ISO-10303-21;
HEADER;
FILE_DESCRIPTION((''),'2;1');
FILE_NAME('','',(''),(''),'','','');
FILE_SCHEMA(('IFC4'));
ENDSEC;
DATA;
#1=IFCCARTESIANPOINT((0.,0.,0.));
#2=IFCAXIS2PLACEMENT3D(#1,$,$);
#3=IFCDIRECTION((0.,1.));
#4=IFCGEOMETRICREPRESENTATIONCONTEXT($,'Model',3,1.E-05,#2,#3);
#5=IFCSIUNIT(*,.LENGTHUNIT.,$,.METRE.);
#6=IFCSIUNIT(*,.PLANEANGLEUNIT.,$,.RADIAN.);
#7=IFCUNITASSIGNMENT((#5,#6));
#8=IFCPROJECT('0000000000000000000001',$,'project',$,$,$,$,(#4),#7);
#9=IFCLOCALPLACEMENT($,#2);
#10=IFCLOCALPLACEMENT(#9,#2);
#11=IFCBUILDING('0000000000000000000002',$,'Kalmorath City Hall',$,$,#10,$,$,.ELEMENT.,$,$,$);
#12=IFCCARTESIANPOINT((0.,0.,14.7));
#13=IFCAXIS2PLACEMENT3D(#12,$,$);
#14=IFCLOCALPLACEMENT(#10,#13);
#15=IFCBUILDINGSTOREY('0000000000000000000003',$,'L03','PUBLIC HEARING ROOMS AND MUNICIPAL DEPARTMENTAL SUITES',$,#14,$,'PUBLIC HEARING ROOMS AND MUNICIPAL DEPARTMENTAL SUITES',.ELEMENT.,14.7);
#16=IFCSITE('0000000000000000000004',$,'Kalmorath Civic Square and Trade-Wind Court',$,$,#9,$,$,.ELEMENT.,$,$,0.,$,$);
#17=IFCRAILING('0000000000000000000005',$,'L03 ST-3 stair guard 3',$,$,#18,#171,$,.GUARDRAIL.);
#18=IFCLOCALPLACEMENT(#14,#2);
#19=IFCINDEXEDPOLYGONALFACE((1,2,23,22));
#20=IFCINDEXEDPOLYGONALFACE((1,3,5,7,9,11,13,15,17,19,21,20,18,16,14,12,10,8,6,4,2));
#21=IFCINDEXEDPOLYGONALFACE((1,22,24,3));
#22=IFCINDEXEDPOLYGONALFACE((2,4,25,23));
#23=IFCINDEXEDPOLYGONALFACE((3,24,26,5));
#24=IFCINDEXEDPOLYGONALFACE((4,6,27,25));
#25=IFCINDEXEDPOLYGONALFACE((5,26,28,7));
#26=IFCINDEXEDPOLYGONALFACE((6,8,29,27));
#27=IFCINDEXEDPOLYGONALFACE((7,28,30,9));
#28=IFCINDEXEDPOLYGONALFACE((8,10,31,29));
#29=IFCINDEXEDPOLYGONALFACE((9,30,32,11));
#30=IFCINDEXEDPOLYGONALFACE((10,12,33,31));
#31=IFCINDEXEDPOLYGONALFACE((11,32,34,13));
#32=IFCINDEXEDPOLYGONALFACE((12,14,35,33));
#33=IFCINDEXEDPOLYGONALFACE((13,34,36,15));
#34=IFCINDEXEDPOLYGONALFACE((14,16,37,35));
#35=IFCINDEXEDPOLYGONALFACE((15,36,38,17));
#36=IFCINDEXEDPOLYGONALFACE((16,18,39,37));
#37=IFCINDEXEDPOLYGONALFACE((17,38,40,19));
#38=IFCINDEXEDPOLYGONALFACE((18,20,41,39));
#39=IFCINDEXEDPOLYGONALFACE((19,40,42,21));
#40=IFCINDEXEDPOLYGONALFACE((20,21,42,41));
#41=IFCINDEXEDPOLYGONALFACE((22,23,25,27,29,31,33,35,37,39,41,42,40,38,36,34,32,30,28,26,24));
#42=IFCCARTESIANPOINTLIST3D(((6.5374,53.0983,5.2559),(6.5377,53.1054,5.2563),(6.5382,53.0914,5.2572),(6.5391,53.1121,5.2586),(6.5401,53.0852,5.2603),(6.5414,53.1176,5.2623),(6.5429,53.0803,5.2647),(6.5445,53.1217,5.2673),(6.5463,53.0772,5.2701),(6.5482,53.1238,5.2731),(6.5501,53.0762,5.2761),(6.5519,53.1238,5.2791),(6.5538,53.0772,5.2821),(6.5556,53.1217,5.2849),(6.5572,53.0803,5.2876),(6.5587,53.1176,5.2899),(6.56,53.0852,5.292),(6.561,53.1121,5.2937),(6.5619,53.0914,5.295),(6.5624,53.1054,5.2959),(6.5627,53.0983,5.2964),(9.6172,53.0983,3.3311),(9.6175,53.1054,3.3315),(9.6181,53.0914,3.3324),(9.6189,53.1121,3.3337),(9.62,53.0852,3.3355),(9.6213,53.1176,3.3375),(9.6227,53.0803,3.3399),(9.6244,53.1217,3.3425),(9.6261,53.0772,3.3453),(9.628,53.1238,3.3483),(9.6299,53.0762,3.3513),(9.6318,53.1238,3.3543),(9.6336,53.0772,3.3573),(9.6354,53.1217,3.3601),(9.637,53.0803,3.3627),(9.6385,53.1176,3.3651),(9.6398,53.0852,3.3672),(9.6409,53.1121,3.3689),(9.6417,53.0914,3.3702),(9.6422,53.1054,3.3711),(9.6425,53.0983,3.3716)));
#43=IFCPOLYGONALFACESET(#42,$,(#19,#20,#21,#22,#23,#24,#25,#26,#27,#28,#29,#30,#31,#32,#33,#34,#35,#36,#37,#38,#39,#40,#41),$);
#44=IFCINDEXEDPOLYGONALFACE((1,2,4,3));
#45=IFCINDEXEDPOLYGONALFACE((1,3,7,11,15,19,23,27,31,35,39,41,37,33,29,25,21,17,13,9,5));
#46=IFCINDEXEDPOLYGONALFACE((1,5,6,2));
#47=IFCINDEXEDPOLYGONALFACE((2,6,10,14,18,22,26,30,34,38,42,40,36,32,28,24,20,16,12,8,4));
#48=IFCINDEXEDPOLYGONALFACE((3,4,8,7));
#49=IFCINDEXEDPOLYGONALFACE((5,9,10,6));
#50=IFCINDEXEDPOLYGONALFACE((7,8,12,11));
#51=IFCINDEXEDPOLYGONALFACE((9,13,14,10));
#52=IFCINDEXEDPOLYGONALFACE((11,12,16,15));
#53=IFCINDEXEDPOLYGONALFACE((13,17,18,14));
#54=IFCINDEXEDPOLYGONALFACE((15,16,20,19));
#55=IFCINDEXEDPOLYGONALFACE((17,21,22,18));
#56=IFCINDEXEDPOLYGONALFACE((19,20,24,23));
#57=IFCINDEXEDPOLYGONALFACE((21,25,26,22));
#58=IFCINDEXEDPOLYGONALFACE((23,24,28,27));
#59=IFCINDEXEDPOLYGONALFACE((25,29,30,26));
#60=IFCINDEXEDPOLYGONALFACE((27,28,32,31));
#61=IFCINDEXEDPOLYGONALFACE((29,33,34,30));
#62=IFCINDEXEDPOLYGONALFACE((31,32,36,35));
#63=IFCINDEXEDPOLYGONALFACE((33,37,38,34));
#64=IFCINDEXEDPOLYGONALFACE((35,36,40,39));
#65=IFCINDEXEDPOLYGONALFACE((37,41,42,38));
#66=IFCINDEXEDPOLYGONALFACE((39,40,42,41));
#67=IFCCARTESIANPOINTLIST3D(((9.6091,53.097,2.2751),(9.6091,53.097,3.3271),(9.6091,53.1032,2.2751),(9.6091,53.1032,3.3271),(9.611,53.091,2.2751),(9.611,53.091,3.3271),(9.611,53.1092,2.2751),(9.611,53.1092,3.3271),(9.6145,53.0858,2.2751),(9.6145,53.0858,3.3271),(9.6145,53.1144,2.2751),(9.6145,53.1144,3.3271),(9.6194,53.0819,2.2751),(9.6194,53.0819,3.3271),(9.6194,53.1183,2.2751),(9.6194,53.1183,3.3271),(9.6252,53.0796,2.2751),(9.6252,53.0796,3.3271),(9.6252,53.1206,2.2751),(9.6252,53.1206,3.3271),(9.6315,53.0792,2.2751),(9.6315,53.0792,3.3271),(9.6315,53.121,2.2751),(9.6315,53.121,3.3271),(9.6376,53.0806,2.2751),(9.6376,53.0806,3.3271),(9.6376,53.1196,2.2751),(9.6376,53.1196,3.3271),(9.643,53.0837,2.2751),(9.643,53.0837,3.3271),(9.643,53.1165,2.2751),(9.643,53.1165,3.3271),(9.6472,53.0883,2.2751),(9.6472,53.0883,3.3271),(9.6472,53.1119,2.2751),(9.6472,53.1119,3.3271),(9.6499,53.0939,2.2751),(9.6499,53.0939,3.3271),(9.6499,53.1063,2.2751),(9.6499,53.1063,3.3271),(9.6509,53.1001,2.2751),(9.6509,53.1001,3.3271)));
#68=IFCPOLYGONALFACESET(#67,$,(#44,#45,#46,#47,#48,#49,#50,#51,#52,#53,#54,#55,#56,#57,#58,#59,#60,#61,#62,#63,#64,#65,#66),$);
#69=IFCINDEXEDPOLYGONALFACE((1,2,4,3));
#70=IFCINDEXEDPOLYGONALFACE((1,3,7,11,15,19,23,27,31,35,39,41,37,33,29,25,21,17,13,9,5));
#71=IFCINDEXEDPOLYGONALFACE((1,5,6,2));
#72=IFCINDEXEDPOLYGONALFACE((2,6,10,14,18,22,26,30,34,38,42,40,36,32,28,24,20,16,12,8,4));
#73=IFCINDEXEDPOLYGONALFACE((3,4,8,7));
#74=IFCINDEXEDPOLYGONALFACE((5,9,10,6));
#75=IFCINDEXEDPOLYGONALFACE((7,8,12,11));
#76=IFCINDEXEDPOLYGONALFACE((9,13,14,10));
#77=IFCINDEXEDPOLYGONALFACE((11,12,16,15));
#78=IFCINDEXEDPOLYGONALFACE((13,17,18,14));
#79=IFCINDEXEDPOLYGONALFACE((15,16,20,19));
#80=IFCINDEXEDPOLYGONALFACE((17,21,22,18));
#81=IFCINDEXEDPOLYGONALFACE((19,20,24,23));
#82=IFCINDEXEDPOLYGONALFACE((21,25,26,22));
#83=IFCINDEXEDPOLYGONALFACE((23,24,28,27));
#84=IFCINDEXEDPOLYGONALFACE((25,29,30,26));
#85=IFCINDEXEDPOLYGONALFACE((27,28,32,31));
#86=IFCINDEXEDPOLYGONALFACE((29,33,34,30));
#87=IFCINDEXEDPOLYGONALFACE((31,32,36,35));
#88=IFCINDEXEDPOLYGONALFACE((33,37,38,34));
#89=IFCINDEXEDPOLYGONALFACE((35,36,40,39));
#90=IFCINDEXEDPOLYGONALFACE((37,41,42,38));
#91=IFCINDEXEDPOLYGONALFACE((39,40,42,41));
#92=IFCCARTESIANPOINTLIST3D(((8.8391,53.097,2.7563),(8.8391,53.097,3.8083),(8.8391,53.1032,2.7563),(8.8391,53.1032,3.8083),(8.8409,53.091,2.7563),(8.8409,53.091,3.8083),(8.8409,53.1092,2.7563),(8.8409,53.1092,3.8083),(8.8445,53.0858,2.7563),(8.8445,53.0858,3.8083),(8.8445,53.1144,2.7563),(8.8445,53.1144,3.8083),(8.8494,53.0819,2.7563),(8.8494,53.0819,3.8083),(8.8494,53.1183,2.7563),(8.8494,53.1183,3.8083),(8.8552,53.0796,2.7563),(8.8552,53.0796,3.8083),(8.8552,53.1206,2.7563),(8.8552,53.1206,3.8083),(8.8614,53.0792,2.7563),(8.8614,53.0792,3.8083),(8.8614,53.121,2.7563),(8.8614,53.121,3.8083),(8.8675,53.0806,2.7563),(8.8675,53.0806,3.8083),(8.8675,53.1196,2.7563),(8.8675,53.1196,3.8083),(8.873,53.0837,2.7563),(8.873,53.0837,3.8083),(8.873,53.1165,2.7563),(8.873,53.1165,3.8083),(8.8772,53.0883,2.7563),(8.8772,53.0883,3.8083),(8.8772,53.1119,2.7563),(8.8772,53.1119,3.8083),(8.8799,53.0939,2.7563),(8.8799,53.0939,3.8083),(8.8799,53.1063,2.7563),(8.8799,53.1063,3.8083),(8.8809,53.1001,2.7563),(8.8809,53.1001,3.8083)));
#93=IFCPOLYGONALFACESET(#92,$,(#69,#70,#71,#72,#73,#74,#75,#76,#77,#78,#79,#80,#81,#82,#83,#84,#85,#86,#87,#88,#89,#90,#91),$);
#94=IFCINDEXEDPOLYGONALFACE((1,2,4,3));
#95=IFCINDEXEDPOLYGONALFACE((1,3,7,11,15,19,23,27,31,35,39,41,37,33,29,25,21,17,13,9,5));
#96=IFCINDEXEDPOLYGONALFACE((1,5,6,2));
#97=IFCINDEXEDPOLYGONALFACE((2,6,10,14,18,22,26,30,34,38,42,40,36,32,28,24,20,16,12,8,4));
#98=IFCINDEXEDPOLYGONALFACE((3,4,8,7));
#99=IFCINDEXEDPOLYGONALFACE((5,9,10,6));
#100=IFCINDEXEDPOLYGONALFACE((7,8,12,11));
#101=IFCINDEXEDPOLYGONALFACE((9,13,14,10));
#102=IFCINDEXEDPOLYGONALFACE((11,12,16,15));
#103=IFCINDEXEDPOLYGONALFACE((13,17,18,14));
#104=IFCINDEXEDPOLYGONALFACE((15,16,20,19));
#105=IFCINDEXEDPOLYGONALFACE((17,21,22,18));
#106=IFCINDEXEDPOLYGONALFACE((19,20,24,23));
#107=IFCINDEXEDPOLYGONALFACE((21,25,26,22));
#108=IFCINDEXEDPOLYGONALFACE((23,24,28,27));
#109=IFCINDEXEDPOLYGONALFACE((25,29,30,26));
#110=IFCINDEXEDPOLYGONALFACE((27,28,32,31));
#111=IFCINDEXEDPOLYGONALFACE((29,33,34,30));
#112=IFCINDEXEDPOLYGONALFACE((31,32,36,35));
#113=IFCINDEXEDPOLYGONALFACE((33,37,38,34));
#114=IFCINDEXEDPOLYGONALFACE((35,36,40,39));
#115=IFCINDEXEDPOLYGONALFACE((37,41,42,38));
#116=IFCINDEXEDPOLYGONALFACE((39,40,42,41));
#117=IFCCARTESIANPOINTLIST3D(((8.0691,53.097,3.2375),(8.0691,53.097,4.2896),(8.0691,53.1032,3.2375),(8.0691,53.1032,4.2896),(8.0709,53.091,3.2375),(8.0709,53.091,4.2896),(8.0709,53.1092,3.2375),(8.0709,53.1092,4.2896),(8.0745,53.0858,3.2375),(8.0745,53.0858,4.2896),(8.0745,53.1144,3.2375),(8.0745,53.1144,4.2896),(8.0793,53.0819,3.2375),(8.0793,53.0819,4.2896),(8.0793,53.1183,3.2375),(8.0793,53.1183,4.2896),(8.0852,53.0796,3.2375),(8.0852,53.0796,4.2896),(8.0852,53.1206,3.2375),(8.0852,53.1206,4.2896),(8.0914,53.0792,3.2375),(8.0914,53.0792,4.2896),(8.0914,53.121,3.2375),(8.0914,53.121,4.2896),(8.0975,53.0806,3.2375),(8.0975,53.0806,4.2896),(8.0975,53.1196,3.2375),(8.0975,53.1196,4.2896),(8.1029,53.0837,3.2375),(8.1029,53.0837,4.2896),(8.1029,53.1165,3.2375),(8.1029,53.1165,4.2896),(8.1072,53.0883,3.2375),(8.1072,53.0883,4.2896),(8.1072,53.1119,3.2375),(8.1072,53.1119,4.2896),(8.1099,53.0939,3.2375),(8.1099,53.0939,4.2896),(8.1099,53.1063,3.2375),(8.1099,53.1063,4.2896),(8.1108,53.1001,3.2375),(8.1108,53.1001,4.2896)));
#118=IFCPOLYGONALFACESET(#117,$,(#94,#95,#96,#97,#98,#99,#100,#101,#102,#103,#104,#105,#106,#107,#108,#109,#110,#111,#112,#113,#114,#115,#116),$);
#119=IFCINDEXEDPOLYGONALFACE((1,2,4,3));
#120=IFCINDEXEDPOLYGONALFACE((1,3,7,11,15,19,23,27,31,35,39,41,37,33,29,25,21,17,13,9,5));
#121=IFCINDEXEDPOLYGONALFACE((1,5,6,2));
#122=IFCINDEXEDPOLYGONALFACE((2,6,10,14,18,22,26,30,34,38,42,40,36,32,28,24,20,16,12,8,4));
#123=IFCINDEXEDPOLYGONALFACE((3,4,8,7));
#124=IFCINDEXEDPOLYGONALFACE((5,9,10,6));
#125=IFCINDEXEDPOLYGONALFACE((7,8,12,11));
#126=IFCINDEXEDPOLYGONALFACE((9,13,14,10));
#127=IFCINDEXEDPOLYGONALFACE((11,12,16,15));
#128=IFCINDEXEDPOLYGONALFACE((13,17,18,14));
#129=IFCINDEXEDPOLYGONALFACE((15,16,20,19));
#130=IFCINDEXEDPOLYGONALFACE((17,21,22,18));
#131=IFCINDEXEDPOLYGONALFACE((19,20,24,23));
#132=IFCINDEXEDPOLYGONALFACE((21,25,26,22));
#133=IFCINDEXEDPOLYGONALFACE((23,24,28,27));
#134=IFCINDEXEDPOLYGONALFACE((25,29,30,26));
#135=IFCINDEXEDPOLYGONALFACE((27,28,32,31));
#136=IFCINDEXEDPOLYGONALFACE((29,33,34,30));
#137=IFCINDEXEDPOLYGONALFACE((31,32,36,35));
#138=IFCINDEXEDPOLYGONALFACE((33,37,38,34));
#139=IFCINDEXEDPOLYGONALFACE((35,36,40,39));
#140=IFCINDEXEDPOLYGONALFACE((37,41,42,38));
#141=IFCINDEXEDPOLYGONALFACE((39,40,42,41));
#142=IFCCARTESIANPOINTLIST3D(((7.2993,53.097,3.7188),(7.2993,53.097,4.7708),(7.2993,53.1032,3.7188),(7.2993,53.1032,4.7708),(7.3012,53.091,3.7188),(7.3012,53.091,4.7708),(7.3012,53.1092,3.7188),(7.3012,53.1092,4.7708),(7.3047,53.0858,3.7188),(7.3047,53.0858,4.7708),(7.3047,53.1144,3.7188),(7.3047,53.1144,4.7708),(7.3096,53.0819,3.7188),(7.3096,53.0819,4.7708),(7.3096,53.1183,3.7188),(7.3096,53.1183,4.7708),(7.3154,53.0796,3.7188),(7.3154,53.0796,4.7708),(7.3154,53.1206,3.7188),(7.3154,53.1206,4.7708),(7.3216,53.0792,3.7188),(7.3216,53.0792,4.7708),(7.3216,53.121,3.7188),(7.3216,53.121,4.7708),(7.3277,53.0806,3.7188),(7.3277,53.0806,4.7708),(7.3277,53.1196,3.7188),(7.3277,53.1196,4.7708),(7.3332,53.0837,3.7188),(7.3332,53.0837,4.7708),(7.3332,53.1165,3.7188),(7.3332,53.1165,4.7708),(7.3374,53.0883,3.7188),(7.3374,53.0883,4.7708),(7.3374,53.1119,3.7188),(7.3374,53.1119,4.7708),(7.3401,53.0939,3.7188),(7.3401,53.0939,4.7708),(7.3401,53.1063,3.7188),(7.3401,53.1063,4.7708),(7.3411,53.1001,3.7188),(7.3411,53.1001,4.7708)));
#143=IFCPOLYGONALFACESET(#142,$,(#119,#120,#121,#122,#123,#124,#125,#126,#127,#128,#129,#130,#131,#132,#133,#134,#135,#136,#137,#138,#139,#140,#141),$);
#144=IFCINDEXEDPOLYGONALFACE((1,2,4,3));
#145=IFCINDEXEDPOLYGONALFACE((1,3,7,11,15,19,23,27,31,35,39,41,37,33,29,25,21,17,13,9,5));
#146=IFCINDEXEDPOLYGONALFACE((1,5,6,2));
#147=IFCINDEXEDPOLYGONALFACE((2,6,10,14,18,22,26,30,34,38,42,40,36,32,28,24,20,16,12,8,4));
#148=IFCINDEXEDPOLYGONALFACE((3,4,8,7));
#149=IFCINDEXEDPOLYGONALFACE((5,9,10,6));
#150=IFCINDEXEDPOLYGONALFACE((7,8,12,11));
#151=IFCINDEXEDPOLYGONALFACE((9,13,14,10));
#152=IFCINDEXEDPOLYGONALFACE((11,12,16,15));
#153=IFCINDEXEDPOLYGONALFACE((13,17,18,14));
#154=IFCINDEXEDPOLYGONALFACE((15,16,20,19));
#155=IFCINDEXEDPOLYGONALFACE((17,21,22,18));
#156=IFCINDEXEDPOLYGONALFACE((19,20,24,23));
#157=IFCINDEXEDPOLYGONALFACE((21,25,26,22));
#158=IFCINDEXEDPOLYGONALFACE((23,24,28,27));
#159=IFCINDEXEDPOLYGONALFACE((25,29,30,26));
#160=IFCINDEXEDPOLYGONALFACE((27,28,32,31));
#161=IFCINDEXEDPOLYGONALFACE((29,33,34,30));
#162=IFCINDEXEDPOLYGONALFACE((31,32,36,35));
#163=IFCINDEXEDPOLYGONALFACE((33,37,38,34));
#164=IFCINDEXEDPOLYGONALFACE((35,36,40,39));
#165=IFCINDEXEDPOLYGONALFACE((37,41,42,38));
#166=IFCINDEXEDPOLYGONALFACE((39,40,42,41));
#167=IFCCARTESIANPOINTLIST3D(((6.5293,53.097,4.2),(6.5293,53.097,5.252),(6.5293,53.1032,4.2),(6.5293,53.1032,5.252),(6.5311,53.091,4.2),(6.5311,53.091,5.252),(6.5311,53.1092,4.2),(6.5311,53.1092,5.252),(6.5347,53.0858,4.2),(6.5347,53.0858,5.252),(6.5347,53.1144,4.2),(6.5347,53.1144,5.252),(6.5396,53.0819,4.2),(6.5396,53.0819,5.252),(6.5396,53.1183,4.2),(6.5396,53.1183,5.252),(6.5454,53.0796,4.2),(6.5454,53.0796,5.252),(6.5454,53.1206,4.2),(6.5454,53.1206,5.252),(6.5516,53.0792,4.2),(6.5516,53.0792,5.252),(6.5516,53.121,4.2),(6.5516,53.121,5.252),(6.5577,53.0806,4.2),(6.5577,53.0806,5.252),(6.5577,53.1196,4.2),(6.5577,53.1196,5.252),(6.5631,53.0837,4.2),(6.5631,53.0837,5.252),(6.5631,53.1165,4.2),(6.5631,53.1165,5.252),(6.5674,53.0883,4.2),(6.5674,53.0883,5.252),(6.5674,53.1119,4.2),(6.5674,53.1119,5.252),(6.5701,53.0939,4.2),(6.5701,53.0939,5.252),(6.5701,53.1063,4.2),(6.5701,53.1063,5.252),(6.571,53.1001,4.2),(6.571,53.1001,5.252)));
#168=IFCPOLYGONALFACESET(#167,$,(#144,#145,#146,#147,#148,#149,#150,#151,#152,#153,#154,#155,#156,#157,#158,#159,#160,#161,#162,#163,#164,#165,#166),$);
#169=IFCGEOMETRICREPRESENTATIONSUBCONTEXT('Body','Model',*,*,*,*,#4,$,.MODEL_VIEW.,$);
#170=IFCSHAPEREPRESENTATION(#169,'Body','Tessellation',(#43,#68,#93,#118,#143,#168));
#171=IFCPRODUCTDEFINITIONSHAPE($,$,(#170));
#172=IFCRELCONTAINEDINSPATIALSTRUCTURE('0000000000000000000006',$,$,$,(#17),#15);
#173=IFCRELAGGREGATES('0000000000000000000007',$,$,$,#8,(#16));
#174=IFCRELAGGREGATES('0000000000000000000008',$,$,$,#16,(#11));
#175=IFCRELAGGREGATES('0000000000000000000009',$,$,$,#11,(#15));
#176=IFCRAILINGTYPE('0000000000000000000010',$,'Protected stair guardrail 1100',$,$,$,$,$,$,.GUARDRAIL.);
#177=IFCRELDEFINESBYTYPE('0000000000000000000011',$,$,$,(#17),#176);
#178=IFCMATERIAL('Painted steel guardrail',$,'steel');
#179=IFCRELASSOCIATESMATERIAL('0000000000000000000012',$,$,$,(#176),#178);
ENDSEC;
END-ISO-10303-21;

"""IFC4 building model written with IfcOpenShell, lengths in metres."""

from ifc_helpers import new_model, si_unit, direction, frame, origin, origin_2d, place, context, subcontext, project, spatial, circle, extrude, material, type_object, element, save


model = new_model("IFC4")

# Units and contexts
model_context = context("Model", 3, precision=1e-05, world=origin(), true_north=direction((0.0, 1.0)))
body_context = subcontext(model_context, "Body", "Model", "MODEL_VIEW")
ifc_project = project(units=[si_unit("LENGTHUNIT", "METRE"), si_unit("PLANEANGLEUNIT", "RADIAN")], contexts=[model_context])

# Site, building, storey
site_placement = place(None, origin())
site = spatial("IfcSite", under=ifc_project, at=site_placement, Name="Kalmorath Civic Square and Trade-Wind Court", CompositionType="ELEMENT", RefElevation=0.0)
building_placement = place(site_placement, origin())
building = spatial("IfcBuilding", under=site, at=building_placement, Name="Kalmorath City Hall", CompositionType="ELEMENT")
storey_placement = place(building_placement, frame((0.0, 0.0, 14.7)))
storey = spatial("IfcBuildingStorey", under=building, at=storey_placement, Name="L03", Description="PUBLIC HEARING ROOMS AND MUNICIPAL DEPARTMENTAL SUITES", LongName="PUBLIC HEARING ROOMS AND MUNICIPAL DEPARTMENTAL SUITES", CompositionType="ELEMENT", Elevation=14.7)

# Railing
ifc_material_1 = material(Name="Painted steel guardrail", Category="steel")
railing_type_1 = type_object("IfcRailingType", Name="Protected stair guardrail 1100", PredefinedType="GUARDRAIL", material=ifc_material_1)
railing_1_placement = place(storey_placement, frame((9.6299, 53.1001, 2.2751)))
element("IfcRailing", 1, at=railing_1_placement, inside=storey, type_object=railing_type_1, Name="L03 ST-3 stair guard 3", PredefinedType="GUARDRAIL", context=body_context, shape_type="SweptSolid", body=[
    extrude(circle(Radius=0.0239, at=origin_2d()), frame((0.0, 0.0, 1.0762), z_axis=(-0.84801, 0.0, 0.529981), x_axis=(0.0, -1.0, 0.0)), (0.0, 0.0, 1.0), 3.6318),
    extrude(circle(Radius=0.021, at=origin_2d()), origin(), (0.0, 0.0, 1.0), 1.052),
    extrude(circle(Radius=0.021, at=origin_2d()), frame((-0.77, 0.0, 0.4812)), (0.0, 0.0, 1.0), 1.052),
    extrude(circle(Radius=0.021, at=origin_2d()), frame((-1.54, 0.0, 0.9624)), (0.0, 0.0, 1.0), 1.052),
    extrude(circle(Radius=0.021, at=origin_2d()), frame((-2.3098, 0.0, 1.4436)), (0.0, 0.0, 1.0), 1.052),
    extrude(circle(Radius=0.021, at=origin_2d()), frame((-3.0798, 0.0, 1.9248)), (0.0, 0.0, 1.0), 1.052),
])

save(model, "model.ifc")
